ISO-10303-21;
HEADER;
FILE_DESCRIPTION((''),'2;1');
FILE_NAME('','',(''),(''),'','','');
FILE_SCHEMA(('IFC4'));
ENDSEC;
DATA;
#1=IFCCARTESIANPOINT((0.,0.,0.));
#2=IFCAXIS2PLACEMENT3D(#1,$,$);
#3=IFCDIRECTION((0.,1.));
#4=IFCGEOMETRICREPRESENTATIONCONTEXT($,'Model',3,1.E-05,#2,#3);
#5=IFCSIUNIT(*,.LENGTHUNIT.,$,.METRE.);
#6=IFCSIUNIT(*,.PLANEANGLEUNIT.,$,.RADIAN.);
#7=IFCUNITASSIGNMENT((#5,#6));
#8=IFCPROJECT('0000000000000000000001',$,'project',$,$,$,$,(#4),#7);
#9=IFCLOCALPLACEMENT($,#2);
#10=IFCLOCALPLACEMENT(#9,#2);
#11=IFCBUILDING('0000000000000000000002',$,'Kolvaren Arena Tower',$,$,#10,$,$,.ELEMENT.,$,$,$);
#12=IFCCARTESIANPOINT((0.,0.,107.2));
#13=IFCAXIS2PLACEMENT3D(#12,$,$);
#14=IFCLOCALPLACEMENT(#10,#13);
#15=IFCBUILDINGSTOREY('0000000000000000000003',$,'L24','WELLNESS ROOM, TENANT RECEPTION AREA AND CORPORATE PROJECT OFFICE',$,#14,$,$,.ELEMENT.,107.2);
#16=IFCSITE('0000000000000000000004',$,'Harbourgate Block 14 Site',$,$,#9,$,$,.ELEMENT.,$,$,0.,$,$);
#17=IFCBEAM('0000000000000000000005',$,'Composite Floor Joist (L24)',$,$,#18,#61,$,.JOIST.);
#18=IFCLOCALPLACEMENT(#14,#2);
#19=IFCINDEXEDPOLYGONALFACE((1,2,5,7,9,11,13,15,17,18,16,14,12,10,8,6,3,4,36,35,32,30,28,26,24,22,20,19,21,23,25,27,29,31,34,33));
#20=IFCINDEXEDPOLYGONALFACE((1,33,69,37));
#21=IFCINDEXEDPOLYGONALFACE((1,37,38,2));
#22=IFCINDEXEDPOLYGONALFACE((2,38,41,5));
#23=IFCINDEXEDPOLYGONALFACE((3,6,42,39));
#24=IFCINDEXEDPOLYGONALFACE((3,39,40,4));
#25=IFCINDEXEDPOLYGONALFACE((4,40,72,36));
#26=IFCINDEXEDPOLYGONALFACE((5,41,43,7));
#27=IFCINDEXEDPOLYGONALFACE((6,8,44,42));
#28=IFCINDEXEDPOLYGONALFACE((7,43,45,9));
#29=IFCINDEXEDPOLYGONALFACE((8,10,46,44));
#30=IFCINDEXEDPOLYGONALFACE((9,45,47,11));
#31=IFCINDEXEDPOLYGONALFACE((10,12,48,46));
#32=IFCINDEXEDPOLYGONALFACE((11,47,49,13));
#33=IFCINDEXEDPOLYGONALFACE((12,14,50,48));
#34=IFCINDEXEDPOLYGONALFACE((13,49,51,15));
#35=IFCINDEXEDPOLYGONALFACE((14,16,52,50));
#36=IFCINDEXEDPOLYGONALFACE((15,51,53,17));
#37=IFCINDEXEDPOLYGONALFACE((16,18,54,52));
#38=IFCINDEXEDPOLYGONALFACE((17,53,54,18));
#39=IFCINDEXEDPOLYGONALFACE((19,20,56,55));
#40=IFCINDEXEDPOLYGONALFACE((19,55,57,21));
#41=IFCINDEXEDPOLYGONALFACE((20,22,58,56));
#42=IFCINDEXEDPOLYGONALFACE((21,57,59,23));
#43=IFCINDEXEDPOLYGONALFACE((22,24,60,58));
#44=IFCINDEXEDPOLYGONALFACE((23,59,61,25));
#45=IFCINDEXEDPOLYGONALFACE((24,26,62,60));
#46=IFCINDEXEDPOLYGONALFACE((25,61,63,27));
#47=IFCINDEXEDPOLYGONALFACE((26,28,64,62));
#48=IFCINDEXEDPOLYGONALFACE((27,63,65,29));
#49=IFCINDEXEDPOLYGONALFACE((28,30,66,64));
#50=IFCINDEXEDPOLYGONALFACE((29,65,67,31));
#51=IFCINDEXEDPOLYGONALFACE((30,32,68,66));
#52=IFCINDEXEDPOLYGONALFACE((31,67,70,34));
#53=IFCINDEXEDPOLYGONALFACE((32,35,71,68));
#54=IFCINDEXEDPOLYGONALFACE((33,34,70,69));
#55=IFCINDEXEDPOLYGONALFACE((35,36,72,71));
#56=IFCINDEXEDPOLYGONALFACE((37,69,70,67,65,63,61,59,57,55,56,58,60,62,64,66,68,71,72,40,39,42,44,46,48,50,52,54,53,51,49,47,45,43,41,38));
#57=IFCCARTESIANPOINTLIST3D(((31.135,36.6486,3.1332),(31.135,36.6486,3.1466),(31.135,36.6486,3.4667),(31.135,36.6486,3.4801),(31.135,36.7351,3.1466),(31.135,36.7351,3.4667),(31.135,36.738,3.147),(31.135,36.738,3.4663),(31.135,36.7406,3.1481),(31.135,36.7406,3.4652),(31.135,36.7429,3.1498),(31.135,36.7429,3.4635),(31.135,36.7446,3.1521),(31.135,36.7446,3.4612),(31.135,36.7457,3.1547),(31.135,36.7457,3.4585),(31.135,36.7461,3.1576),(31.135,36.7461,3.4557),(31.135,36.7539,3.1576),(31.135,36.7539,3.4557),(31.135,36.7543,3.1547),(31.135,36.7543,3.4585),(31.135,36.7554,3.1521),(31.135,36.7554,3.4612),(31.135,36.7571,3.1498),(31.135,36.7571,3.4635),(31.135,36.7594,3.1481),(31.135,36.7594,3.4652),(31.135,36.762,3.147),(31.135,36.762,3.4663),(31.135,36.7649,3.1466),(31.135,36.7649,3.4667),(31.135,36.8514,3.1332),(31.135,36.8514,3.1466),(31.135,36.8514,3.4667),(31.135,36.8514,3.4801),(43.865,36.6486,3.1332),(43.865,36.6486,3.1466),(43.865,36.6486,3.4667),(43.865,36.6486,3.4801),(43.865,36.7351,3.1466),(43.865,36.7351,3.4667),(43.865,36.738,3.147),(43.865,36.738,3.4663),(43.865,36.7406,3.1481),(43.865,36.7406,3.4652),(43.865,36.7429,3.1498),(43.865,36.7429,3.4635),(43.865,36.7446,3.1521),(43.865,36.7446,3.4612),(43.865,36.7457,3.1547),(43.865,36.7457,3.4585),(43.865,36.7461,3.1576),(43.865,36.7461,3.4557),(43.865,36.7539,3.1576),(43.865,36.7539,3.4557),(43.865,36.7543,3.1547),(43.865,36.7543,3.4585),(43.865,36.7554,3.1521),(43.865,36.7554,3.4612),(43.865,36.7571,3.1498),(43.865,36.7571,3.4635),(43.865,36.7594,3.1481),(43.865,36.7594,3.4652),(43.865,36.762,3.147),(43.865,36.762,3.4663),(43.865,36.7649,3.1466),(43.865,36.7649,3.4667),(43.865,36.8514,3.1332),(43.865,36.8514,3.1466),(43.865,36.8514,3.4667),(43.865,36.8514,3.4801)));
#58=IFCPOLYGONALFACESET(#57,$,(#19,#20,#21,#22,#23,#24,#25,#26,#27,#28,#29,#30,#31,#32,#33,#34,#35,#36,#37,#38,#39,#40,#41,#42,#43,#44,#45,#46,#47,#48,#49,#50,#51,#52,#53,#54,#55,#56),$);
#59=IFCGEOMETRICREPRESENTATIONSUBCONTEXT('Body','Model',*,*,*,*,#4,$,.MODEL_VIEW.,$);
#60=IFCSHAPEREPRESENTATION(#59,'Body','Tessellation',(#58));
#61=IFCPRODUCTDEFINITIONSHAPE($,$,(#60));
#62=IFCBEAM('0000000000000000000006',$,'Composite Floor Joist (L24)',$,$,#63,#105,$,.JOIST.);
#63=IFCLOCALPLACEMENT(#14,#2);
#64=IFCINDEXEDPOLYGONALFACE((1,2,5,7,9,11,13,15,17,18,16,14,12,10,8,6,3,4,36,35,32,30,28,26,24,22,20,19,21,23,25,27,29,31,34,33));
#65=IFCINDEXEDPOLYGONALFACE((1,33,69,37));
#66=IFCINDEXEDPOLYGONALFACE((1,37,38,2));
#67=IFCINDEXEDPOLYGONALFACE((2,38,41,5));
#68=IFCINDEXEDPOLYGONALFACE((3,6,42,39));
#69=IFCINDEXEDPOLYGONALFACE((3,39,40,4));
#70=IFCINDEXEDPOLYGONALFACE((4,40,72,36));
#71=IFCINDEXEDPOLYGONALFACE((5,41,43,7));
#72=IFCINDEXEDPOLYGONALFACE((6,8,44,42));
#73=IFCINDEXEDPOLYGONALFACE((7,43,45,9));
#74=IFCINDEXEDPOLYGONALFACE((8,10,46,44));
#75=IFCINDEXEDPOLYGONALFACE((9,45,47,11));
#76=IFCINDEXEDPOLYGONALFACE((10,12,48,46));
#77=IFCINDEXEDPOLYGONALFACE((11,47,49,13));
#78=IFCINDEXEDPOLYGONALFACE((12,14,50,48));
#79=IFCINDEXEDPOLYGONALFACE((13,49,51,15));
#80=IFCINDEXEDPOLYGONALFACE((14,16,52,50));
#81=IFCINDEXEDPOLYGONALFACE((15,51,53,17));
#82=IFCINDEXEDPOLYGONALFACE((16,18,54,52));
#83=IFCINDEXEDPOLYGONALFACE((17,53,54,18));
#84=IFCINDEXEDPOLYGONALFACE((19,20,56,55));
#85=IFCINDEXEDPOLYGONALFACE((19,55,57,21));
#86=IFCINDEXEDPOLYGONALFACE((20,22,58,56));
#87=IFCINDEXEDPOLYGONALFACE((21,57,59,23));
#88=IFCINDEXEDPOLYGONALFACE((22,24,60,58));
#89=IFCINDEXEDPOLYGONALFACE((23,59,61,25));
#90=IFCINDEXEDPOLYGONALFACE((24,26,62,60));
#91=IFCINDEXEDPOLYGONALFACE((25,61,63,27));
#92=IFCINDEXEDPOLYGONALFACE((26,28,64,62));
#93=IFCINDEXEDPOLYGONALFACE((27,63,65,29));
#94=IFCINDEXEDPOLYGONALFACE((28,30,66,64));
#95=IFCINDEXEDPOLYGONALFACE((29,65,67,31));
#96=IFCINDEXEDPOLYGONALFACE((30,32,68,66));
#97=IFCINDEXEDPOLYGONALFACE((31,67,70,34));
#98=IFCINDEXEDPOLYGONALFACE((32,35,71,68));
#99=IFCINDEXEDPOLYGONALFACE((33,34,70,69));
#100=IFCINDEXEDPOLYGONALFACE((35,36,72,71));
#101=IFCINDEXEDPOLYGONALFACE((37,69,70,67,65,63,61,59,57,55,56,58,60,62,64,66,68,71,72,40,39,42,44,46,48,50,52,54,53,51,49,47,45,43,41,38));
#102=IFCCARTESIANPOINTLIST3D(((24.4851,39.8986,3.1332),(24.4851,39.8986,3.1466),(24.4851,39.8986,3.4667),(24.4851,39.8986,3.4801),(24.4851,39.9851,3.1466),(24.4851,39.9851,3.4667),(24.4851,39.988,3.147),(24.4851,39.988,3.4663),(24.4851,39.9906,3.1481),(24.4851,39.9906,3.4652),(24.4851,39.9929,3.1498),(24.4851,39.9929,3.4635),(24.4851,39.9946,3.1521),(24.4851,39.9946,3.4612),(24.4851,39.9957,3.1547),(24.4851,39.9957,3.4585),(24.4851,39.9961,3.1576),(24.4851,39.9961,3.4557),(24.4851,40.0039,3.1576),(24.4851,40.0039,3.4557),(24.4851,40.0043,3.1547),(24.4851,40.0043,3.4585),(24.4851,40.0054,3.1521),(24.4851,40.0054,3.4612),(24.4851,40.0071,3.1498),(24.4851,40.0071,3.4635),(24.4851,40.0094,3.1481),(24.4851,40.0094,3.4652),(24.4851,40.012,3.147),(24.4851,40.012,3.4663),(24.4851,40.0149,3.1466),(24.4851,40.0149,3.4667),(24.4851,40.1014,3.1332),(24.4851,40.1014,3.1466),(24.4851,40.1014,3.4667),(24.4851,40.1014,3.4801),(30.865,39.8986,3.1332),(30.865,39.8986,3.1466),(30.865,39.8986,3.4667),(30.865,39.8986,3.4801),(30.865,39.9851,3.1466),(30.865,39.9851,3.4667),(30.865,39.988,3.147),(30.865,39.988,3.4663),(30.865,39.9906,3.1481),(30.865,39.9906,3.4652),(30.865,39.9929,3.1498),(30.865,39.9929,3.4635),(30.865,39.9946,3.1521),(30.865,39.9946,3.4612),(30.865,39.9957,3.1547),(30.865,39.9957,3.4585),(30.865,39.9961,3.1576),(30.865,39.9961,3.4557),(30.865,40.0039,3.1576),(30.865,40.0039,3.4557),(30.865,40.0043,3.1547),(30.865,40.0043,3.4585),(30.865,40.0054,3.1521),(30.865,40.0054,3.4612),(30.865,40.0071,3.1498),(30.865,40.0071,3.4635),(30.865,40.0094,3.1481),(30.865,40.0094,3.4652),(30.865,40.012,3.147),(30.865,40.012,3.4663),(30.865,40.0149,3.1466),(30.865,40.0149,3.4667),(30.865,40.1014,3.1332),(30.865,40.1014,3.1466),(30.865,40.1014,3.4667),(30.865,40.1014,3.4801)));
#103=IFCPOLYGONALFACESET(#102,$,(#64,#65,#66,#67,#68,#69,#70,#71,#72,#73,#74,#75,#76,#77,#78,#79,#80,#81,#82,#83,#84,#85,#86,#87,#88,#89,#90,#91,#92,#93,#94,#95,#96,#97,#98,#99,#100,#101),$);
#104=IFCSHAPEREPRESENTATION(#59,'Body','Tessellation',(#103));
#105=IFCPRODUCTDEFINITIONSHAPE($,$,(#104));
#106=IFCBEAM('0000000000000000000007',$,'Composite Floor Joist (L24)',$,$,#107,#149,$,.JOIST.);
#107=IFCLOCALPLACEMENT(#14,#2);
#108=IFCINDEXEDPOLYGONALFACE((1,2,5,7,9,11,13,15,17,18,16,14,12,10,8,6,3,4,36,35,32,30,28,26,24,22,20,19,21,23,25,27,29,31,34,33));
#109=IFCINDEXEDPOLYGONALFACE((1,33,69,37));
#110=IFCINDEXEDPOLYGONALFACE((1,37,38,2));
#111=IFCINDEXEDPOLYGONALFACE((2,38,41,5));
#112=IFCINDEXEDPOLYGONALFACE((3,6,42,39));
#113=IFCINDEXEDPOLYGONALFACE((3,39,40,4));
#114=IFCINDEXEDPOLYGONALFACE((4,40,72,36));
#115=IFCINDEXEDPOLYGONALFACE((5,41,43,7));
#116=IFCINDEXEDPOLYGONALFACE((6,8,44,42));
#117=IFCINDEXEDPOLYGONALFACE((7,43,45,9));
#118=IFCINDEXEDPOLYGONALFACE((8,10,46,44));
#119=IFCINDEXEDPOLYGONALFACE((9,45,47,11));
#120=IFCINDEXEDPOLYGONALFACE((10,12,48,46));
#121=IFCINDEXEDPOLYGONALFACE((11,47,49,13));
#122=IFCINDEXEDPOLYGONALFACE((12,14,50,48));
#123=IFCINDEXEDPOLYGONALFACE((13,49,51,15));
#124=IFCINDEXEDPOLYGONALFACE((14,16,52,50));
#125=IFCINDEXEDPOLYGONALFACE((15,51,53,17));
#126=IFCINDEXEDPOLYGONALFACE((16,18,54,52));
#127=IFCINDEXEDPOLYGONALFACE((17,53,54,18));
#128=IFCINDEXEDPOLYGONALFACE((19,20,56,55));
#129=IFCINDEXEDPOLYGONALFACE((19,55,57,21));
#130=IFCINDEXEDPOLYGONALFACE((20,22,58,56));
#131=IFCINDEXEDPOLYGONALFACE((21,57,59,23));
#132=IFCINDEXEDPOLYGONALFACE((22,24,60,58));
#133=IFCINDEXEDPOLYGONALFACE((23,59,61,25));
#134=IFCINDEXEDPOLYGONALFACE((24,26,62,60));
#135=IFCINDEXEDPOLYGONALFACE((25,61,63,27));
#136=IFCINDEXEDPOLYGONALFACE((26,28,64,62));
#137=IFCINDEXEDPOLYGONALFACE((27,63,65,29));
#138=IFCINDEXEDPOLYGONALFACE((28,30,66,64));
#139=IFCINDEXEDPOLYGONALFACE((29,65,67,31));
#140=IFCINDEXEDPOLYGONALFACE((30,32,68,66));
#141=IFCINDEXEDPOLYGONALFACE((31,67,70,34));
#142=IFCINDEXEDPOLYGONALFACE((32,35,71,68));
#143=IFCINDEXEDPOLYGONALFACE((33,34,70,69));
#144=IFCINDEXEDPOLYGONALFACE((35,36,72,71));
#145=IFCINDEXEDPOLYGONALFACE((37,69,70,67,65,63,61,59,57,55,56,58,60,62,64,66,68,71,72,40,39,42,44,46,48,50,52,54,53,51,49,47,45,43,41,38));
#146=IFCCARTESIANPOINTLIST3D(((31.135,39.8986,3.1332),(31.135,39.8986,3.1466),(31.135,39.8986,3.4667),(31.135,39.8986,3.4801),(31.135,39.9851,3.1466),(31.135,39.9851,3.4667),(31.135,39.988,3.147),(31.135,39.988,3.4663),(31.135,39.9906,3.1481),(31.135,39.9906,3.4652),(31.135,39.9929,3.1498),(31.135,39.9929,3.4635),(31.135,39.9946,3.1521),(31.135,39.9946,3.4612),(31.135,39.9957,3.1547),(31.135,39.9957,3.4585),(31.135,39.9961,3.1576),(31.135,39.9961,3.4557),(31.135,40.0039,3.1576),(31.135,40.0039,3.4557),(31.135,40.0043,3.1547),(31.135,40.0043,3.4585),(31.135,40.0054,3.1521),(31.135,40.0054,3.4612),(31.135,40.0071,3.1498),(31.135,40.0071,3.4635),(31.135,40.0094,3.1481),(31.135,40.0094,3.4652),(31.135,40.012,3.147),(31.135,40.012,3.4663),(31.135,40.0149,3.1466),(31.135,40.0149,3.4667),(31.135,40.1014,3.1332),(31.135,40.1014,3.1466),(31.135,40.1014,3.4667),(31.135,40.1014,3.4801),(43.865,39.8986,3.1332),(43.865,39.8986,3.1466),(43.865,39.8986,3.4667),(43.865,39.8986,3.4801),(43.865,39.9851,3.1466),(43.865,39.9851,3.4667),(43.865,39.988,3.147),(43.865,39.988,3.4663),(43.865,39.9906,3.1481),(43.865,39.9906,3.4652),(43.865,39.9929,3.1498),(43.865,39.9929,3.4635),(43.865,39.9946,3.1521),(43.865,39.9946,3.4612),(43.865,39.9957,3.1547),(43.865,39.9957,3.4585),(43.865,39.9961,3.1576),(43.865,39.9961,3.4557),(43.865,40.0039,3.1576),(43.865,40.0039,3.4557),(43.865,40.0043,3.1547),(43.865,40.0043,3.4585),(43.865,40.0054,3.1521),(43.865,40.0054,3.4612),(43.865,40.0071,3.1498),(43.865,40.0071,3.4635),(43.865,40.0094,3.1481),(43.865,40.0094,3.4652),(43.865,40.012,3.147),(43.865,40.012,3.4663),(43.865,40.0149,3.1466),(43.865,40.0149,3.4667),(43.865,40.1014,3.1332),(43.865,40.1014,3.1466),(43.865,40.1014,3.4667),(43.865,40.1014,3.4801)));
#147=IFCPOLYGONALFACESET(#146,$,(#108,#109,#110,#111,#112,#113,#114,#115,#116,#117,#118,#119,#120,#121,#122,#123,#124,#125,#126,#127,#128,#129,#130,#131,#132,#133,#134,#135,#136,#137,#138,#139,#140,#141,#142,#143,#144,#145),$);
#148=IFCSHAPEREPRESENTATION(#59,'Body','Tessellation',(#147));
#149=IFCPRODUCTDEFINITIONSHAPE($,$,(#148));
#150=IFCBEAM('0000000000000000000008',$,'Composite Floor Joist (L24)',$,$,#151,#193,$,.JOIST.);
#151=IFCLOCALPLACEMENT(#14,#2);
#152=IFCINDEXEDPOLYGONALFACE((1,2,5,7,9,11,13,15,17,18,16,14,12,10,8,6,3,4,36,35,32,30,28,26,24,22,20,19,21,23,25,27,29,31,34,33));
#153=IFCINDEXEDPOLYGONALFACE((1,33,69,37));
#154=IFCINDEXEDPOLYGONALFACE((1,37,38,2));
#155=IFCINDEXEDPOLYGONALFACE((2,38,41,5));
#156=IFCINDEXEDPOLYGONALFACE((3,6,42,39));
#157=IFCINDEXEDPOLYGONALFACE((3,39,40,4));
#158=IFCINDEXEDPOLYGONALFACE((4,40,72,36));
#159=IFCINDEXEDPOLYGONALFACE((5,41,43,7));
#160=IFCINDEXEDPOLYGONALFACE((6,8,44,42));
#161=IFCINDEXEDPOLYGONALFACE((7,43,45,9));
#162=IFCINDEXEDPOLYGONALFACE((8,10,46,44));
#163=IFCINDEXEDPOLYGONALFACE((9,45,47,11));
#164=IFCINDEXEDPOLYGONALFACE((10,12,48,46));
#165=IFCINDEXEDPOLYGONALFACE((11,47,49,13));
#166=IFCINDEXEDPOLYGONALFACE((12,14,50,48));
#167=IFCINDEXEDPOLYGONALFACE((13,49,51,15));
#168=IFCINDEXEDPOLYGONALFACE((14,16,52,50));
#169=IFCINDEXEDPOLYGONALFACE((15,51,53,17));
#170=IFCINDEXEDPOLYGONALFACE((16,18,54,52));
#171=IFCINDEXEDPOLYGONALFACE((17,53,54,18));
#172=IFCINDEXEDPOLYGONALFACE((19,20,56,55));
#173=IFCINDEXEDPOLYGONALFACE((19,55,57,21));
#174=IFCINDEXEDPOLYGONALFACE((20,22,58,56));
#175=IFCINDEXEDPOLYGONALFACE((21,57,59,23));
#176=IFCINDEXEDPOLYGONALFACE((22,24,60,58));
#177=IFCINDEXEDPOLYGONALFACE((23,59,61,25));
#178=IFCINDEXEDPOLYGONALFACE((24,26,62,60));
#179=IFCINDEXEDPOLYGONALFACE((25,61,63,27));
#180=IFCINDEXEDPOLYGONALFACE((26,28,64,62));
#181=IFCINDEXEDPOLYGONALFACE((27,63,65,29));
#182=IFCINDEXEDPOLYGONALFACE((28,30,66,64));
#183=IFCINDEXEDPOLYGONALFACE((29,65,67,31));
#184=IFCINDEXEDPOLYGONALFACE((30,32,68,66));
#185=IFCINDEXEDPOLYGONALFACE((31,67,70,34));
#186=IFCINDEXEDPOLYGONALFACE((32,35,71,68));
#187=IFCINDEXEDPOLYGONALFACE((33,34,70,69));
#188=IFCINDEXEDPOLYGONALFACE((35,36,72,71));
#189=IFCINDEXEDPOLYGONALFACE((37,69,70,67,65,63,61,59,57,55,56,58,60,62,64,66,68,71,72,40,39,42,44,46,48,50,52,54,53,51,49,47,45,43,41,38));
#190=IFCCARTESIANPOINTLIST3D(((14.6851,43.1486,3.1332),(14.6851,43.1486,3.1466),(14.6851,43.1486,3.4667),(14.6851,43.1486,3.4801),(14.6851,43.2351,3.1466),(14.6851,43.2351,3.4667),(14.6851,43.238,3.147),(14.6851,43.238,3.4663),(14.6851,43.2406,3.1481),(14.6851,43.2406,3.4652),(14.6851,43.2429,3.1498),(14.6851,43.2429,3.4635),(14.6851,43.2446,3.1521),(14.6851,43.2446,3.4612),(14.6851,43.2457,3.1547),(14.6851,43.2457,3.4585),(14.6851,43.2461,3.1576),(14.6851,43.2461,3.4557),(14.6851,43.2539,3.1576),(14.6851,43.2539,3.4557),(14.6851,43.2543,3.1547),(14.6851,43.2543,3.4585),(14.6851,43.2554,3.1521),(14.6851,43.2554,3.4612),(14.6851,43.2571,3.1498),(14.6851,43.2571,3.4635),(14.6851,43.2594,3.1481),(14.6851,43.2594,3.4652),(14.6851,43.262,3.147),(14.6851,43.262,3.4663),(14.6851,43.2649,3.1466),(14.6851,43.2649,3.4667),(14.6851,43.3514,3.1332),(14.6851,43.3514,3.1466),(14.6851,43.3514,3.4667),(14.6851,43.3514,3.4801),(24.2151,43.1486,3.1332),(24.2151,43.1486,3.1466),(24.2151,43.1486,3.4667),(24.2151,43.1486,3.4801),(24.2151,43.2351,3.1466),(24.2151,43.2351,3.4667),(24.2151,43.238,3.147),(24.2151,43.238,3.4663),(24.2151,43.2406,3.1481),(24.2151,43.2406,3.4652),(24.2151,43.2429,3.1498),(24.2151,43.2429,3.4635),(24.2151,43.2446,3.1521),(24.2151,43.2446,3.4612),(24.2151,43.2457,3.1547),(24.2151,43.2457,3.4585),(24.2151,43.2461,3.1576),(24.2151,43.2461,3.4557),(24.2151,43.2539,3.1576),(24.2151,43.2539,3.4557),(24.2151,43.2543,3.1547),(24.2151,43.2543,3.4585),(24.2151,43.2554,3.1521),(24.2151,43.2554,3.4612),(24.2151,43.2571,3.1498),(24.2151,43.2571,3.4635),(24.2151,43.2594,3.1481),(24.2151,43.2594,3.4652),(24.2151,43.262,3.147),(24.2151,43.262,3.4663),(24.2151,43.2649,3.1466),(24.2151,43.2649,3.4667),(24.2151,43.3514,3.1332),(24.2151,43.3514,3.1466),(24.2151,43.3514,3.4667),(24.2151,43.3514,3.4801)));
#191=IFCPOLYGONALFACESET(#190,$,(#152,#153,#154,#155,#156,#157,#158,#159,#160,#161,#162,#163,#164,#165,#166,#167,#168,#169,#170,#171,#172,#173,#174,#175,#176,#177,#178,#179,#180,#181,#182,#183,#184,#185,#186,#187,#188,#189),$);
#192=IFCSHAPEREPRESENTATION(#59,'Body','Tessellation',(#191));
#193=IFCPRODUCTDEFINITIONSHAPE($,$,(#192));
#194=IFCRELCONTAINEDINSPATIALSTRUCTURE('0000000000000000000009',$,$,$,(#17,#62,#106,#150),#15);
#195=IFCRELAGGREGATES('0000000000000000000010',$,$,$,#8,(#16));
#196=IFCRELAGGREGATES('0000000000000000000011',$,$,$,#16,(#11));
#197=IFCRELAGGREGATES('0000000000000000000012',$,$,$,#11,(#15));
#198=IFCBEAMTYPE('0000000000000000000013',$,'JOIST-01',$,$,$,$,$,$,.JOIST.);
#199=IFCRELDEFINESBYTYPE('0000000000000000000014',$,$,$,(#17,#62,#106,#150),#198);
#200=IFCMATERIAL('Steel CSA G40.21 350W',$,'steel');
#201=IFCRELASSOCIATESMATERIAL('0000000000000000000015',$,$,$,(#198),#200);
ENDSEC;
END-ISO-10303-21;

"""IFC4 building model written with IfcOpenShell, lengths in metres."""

from ifc_helpers import new_model, si_unit, direction, frame, origin, origin_2d, place, context, subcontext, project, spatial, i_section, extrude, material, material_profile, profile_set, type_object, element, save


model = new_model("IFC4")

# Units and contexts
model_context = context("Model", 3, precision=1e-05, world=origin(), true_north=direction((0.0, 1.0)))
body_context = subcontext(model_context, "Body", "Model", "MODEL_VIEW")
ifc_project = project(units=[si_unit("LENGTHUNIT", "METRE"), si_unit("PLANEANGLEUNIT", "RADIAN")], contexts=[model_context])

# Site, building, storey
site_placement = place(None, origin())
site = spatial("IfcSite", under=ifc_project, at=site_placement, Name="Harbourgate Block 14 Site", CompositionType="ELEMENT", RefElevation=0.0)
building_placement = place(site_placement, origin())
building = spatial("IfcBuilding", under=site, at=building_placement, Name="Kolvaren Arena Tower", CompositionType="ELEMENT")
storey_placement = place(building_placement, frame((0.0, 0.0, 107.2)))
storey = spatial("IfcBuildingStorey", under=building, at=storey_placement, Name="L24", Description="WELLNESS ROOM, TENANT RECEPTION AREA AND CORPORATE PROJECT OFFICE", CompositionType="ELEMENT", Elevation=107.2)

# Beams
ifc_material_1 = material(Name="Steel CSA G40.21 350W", Category="steel")
ifc_material_profile_1 = material_profile(ifc_material_1, i_section(OverallWidth=0.2029, OverallDepth=0.3469, WebThickness=0.0078, FlangeThickness=0.0134, FilletRadius=0.011, at=origin_2d()), Name="W360x64")
ifc_profile_set_1 = profile_set([ifc_material_profile_1], Name="Steel CSA G40.21 350W")
beam_type_1 = type_object("IfcBeamType", Name="JOIST-01", PredefinedType="JOIST", material=ifc_profile_set_1)
beam_1_placement = place(storey_placement, frame((31.135, 36.75, 3.3066), z_axis=(1.0, 0.0, 0.0), x_axis=(0.0, 1.0, 0.0)))
element("IfcBeam", 1, at=beam_1_placement, inside=storey, type_object=beam_type_1, Name="Composite Floor Joist (L24)", PredefinedType="JOIST", context=body_context, shape_type="SweptSolid", body=[
    extrude(i_section(OverallWidth=0.2029, OverallDepth=0.3469, WebThickness=0.0078, FlangeThickness=0.0134, FilletRadius=0.011, at=origin_2d()), origin(), (0.0, 0.0, 1.0), 12.73),
])
beam_2_placement = place(storey_placement, frame((24.4851, 40.0, 3.3066), z_axis=(1.0, 0.0, 0.0), x_axis=(0.0, 1.0, 0.0)))
element("IfcBeam", 2, at=beam_2_placement, inside=storey, type_object=beam_type_1, Name="Composite Floor Joist (L24)", PredefinedType="JOIST", context=body_context, shape_type="SweptSolid", body=[
    extrude(i_section(OverallWidth=0.2029, OverallDepth=0.3469, WebThickness=0.0078, FlangeThickness=0.0134, FilletRadius=0.011, at=origin_2d()), origin(), (0.0, 0.0, 1.0), 6.3799),
])
beam_3_placement = place(storey_placement, frame((31.135, 40.0, 3.3066), z_axis=(1.0, 0.0, 0.0), x_axis=(0.0, 1.0, 0.0)))
element("IfcBeam", 3, at=beam_3_placement, inside=storey, type_object=beam_type_1, Name="Composite Floor Joist (L24)", PredefinedType="JOIST", context=body_context, shape_type="SweptSolid", body=[
    extrude(i_section(OverallWidth=0.2029, OverallDepth=0.3469, WebThickness=0.0078, FlangeThickness=0.0134, FilletRadius=0.011, at=origin_2d()), origin(), (0.0, 0.0, 1.0), 12.73),
])
beam_4_placement = place(storey_placement, frame((14.6851, 43.25, 3.3066), z_axis=(1.0, 0.0, 0.0), x_axis=(0.0, 1.0, 0.0)))
element("IfcBeam", 4, at=beam_4_placement, inside=storey, type_object=beam_type_1, Name="Composite Floor Joist (L24)", PredefinedType="JOIST", context=body_context, shape_type="SweptSolid", body=[
    extrude(i_section(OverallWidth=0.2029, OverallDepth=0.3469, WebThickness=0.0078, FlangeThickness=0.0134, FilletRadius=0.011, at=origin_2d()), origin(), (0.0, 0.0, 1.0), 9.53),
])

save(model, "model.ifc")
